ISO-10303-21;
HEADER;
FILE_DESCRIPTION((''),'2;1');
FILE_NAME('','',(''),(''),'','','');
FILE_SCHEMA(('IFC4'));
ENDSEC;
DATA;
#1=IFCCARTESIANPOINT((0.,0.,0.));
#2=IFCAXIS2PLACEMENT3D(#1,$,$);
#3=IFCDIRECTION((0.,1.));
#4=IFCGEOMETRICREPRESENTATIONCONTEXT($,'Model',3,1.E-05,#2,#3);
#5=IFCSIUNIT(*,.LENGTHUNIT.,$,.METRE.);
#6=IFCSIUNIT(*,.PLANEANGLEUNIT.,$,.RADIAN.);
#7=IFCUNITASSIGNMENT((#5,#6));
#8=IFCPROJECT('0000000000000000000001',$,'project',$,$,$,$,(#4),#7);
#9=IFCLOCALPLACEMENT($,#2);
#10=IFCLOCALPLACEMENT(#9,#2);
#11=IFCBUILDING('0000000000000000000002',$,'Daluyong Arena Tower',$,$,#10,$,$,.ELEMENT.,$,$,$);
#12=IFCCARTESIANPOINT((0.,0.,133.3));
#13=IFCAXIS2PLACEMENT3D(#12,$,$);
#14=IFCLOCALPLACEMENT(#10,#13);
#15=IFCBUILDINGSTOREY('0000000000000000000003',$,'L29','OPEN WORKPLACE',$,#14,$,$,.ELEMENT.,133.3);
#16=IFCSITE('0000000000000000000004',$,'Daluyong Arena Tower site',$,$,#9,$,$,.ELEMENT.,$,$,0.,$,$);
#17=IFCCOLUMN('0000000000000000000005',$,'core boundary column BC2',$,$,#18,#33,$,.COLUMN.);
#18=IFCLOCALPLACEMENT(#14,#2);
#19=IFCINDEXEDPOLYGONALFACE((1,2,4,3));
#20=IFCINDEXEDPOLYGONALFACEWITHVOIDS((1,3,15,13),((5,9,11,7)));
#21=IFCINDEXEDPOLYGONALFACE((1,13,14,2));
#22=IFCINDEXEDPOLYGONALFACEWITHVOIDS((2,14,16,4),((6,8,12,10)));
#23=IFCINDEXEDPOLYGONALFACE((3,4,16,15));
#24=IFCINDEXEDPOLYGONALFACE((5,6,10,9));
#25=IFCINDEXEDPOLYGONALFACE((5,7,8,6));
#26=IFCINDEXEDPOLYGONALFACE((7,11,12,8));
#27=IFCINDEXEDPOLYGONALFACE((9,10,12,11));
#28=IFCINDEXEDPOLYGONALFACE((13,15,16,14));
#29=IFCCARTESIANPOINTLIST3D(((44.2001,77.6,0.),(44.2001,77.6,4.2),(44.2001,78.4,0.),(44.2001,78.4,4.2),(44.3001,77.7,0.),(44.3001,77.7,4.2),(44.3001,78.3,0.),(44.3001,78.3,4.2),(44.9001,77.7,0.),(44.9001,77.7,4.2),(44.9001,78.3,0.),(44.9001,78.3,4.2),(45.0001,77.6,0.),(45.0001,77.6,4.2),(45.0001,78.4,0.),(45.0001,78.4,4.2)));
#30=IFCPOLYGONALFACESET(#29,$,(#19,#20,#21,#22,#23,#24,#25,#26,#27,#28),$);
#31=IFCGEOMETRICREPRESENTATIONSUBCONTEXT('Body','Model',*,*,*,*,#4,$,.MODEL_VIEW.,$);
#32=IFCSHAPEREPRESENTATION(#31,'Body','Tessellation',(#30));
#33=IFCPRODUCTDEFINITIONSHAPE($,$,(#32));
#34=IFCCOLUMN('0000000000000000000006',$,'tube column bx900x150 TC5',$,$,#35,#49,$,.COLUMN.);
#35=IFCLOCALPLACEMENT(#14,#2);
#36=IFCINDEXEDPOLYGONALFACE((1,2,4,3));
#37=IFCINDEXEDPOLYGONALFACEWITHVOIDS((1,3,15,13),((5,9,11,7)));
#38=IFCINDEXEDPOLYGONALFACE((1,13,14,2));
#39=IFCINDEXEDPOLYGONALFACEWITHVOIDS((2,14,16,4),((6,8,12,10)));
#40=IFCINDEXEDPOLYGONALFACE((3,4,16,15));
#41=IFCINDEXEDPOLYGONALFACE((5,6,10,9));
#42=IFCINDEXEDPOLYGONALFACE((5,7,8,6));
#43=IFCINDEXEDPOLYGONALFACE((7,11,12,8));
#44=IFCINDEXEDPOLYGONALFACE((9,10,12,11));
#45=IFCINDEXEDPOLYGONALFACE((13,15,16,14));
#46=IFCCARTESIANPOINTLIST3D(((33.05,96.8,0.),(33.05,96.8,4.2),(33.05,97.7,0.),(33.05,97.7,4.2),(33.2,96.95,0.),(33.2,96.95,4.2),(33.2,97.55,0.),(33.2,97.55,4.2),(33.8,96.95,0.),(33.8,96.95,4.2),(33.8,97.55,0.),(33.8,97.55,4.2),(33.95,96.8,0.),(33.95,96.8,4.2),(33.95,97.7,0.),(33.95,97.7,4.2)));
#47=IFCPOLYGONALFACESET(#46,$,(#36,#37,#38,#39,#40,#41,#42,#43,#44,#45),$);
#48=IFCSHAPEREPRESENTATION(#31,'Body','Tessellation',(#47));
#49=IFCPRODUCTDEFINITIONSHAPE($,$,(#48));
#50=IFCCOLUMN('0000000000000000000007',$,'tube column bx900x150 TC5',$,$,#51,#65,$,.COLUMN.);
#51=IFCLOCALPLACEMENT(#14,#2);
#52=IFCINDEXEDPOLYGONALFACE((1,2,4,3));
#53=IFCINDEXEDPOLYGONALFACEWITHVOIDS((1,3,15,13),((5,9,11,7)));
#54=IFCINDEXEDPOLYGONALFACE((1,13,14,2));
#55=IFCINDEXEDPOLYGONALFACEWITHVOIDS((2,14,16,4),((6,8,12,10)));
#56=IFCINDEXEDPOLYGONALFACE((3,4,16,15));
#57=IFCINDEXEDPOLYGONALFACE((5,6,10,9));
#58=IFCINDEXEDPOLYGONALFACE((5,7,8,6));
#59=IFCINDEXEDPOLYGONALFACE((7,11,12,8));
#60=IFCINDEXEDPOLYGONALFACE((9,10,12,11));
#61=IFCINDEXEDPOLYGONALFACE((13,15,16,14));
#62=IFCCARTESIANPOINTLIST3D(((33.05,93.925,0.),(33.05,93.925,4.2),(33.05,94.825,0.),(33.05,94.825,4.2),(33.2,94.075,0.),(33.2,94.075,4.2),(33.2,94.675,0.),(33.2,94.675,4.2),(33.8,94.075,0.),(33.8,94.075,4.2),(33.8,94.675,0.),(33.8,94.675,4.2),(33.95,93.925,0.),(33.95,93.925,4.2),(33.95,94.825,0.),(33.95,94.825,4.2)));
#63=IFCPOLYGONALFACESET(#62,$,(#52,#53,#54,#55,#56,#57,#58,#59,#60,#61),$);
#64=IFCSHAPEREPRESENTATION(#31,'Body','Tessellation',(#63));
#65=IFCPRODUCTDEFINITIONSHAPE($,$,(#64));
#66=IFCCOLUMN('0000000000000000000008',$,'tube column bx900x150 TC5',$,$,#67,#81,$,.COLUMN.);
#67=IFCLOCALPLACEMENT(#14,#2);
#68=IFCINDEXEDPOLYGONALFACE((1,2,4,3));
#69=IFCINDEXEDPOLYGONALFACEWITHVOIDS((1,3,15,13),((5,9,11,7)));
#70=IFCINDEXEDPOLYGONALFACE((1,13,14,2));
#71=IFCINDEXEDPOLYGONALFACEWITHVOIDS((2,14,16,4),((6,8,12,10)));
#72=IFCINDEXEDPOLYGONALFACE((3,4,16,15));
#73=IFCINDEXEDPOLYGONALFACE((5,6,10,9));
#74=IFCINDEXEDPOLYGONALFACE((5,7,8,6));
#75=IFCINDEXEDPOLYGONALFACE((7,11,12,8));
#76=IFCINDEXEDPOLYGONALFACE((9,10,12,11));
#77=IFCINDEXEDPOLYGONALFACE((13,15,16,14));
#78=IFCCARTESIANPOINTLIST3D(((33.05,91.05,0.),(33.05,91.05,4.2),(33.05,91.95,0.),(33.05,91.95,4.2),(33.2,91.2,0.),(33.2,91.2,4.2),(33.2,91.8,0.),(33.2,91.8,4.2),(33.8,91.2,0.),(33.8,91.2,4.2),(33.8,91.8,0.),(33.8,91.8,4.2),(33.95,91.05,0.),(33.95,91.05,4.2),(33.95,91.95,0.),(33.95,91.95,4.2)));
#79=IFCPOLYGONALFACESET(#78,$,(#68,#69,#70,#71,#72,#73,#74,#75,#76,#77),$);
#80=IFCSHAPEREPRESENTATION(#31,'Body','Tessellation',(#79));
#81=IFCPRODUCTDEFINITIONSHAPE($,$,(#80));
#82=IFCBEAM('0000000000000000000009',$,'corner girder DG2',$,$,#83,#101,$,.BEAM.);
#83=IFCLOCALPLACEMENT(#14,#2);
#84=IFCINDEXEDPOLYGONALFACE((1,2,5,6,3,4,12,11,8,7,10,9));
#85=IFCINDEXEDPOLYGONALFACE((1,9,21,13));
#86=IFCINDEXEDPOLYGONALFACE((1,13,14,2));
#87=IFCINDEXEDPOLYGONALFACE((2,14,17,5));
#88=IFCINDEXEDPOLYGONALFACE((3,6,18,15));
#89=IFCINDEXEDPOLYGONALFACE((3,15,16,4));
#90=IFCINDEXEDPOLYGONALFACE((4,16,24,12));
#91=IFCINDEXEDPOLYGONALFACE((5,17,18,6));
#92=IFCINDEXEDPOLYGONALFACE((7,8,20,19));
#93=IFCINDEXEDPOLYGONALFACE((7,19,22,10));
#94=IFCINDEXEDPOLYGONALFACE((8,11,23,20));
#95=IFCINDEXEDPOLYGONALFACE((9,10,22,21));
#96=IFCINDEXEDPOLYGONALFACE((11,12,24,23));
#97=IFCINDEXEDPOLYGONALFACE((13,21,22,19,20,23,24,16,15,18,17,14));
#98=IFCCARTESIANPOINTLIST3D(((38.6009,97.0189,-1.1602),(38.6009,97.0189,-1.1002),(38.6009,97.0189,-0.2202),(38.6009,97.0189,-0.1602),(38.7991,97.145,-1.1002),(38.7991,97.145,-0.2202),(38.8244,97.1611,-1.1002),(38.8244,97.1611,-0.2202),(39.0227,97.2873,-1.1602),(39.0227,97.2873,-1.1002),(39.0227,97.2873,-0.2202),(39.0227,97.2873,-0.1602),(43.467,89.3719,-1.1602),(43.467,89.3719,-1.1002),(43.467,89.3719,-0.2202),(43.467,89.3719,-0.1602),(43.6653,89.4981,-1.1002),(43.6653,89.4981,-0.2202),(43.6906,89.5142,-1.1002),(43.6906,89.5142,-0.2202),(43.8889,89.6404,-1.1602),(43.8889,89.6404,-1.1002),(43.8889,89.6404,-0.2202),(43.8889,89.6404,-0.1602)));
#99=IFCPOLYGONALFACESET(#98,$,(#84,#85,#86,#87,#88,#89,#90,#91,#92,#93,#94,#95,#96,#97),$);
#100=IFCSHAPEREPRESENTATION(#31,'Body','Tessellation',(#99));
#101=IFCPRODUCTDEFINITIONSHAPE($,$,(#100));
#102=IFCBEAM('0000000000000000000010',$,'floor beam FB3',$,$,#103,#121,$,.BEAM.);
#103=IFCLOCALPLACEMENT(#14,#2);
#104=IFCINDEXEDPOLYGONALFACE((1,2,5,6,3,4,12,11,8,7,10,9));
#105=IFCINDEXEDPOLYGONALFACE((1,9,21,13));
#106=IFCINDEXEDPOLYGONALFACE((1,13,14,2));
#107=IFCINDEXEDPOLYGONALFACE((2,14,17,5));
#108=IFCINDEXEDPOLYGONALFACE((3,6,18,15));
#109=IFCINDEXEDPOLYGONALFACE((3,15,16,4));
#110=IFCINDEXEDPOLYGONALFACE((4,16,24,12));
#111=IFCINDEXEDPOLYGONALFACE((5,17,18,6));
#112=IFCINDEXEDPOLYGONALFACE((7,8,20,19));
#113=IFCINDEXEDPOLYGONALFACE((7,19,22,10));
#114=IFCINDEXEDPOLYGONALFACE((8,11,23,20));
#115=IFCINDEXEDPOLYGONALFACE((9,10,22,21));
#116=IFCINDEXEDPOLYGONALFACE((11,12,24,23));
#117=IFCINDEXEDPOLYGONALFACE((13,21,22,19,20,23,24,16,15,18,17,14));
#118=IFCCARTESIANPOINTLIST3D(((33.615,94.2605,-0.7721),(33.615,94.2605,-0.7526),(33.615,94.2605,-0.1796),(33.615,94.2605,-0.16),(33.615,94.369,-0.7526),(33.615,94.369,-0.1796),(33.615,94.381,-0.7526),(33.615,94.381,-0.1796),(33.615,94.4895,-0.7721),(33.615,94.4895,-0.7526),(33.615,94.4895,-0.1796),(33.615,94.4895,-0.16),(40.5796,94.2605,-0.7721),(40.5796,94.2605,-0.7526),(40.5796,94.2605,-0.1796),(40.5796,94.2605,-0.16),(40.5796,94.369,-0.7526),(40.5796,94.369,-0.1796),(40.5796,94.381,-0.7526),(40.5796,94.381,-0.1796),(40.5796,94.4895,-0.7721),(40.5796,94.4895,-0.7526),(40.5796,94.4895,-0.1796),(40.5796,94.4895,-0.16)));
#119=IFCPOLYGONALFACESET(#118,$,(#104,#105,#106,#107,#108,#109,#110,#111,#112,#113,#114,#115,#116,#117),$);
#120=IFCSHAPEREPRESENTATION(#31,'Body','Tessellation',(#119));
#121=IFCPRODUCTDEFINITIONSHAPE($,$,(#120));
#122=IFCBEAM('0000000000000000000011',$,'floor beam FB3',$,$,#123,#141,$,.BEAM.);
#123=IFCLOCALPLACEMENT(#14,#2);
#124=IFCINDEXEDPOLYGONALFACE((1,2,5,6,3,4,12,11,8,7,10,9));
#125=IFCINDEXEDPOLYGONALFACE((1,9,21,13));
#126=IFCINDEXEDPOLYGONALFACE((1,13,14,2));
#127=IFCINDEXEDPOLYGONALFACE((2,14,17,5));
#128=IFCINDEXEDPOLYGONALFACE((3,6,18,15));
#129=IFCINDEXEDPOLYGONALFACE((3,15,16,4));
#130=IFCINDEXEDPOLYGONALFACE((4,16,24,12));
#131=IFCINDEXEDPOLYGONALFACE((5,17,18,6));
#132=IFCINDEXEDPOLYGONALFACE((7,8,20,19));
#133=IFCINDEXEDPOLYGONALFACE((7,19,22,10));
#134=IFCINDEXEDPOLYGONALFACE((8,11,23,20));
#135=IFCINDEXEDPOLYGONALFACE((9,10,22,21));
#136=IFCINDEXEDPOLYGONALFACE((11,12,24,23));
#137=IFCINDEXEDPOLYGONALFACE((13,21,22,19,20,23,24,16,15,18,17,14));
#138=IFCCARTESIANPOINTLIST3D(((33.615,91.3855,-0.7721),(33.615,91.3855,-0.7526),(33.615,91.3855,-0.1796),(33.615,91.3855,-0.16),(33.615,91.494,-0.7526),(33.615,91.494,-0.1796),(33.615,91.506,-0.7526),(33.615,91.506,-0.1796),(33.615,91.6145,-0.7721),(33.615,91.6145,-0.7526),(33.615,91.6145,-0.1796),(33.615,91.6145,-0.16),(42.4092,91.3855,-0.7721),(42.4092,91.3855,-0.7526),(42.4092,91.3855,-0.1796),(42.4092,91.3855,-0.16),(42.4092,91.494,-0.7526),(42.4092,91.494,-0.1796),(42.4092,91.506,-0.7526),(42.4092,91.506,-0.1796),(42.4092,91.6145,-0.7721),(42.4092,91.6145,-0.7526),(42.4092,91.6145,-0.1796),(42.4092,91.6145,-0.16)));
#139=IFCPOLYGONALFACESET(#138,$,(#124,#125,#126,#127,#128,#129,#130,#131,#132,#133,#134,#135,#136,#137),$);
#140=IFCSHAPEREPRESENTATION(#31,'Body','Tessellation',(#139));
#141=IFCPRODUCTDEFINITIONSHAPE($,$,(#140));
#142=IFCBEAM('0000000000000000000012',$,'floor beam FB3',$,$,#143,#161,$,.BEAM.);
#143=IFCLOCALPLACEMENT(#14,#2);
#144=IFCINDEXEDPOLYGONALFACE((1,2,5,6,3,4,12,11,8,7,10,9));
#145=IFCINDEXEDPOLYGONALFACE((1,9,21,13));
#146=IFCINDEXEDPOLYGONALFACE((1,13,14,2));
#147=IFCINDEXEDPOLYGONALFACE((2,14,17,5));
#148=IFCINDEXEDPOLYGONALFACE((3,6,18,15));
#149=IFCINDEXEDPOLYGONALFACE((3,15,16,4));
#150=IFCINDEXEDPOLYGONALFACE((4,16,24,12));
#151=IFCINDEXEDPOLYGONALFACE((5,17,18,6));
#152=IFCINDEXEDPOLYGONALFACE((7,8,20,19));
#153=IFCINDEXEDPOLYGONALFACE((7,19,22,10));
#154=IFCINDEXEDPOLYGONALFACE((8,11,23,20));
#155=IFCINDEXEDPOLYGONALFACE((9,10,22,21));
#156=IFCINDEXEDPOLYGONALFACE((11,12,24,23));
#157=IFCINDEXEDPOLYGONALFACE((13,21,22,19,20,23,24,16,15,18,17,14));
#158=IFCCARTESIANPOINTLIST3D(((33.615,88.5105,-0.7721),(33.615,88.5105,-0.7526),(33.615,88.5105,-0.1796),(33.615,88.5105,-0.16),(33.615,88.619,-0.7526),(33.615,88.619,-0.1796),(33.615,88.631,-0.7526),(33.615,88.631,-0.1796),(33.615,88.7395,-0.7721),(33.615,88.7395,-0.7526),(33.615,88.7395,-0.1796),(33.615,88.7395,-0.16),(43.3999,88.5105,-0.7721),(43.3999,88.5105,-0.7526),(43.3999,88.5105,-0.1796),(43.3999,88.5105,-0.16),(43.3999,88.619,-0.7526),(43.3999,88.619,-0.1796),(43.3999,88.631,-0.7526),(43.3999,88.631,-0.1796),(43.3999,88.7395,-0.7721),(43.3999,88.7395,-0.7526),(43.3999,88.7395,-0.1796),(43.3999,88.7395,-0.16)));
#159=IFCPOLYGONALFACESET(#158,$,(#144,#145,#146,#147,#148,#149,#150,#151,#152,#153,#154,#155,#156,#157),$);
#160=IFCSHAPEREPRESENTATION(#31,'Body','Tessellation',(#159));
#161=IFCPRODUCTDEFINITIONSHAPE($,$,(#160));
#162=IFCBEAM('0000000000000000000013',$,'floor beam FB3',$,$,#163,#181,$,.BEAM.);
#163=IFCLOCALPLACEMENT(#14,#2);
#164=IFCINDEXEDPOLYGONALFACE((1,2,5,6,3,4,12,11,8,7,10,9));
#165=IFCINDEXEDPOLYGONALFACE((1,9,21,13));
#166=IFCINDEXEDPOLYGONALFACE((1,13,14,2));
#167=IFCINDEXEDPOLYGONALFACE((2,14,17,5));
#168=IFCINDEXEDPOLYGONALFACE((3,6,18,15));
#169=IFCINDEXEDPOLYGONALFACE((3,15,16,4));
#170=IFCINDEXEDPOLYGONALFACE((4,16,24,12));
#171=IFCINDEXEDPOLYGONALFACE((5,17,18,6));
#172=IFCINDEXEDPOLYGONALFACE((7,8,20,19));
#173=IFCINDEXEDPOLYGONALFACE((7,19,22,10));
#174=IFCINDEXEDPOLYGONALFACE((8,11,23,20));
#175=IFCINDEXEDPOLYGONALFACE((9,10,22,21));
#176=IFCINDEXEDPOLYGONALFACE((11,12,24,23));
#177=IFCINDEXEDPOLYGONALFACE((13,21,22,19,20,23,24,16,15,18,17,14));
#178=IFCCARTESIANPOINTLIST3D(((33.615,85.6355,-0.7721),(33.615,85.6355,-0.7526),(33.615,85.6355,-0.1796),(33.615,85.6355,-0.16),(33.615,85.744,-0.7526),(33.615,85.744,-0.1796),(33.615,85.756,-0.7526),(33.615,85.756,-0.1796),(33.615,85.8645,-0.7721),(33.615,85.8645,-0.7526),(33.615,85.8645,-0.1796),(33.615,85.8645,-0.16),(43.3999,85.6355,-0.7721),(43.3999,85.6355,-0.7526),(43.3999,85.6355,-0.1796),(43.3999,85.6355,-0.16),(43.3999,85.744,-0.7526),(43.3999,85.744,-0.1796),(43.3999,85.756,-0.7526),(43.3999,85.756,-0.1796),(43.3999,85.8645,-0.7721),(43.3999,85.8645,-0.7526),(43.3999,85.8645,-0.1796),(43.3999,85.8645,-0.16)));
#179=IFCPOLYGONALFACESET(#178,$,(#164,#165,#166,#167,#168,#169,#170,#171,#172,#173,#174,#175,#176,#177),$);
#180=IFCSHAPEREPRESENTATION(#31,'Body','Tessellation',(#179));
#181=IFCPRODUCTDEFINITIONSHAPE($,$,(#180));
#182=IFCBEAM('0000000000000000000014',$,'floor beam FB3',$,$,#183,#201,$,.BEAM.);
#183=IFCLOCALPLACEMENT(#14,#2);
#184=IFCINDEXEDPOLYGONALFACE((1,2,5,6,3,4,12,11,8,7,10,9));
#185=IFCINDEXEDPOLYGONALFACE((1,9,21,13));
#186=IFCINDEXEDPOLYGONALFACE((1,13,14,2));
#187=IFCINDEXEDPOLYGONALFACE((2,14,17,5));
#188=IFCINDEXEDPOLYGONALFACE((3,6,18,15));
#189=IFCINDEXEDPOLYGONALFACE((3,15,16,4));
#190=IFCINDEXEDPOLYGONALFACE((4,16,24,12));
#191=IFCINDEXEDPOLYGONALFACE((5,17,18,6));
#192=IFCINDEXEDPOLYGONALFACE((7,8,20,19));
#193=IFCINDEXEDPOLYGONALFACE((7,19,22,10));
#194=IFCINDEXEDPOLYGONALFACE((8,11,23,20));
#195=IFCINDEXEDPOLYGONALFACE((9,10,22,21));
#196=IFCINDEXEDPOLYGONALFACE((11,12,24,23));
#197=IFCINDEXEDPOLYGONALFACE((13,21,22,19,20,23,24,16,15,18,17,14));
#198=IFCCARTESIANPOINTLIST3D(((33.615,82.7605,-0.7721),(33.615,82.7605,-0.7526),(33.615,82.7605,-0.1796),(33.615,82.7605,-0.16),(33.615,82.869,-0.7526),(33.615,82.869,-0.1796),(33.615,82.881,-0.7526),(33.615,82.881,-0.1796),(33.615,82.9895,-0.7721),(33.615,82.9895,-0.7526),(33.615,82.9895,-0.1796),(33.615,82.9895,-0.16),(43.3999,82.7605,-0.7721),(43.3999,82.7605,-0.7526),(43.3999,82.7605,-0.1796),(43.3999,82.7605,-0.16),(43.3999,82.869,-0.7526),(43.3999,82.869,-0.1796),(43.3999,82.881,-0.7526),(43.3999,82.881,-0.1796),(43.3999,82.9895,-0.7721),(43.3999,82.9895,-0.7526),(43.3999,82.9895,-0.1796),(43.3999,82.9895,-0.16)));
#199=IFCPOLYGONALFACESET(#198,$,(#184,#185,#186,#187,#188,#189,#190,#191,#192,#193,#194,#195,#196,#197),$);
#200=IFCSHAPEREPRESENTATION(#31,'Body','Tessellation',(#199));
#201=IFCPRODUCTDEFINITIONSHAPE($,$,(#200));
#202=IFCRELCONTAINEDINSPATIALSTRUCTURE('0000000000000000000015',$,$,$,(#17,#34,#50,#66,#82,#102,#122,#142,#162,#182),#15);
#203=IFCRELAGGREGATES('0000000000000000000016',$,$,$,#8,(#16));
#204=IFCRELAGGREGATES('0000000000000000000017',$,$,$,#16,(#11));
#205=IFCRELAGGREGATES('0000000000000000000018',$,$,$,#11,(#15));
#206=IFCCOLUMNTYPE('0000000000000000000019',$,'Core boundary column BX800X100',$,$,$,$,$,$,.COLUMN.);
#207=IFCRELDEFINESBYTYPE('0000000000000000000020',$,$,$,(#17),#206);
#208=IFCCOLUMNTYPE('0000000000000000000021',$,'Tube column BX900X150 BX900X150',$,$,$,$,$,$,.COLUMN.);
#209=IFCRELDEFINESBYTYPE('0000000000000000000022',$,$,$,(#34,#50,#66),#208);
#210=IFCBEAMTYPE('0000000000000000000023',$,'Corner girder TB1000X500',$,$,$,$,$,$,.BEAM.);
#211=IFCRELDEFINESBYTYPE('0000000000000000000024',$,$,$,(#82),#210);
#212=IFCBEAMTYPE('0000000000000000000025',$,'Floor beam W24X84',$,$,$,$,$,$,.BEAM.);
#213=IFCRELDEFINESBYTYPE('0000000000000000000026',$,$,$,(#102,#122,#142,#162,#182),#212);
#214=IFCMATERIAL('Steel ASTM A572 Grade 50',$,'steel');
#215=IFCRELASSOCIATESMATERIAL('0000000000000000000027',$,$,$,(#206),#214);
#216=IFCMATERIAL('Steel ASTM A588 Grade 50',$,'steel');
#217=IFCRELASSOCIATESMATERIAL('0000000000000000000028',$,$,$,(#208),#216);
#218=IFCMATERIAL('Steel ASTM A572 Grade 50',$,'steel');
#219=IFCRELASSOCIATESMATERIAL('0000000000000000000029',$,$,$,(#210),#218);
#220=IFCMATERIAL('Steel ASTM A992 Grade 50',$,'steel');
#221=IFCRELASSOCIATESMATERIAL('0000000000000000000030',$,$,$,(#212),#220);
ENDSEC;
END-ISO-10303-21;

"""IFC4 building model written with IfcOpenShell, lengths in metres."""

from ifc_helpers import new_model, si_unit, direction, frame, origin, origin_2d, place, context, subcontext, project, spatial, hollow_rectangle, i_section, extrude, material, material_profile, profile_set, type_object, element, save


model = new_model("IFC4")

# Units and contexts
model_context = context("Model", 3, precision=1e-05, world=origin(), true_north=direction((0.0, 1.0)))
body_context = subcontext(model_context, "Body", "Model", "MODEL_VIEW")
ifc_project = project(units=[si_unit("LENGTHUNIT", "METRE"), si_unit("PLANEANGLEUNIT", "RADIAN")], contexts=[model_context])

# Site, building, storey
site_placement = place(None, origin())
site = spatial("IfcSite", under=ifc_project, at=site_placement, Name="Daluyong Arena Tower site", CompositionType="ELEMENT", RefElevation=0.0)
building_placement = place(site_placement, origin())
building = spatial("IfcBuilding", under=site, at=building_placement, Name="Daluyong Arena Tower", CompositionType="ELEMENT")
storey_placement = place(building_placement, frame((0.0, 0.0, 133.3)))
storey = spatial("IfcBuildingStorey", under=building, at=storey_placement, Name="L29", Description="OPEN WORKPLACE", CompositionType="ELEMENT", Elevation=133.3)

# Columns
ifc_material_1 = material(Name="Steel ASTM A572 Grade 50", Category="steel")
ifc_material_profile_1 = material_profile(ifc_material_1, hollow_rectangle(XDim=0.8, YDim=0.8, WallThickness=0.1, at=origin_2d()))
ifc_profile_set_1 = profile_set([ifc_material_profile_1], Name="Steel ASTM A572 Grade 50")
column_type_1 = type_object("IfcColumnType", Name="Core boundary column BX800X100", PredefinedType="COLUMN", material=ifc_profile_set_1)
column_placement = place(storey_placement, frame((44.6001, 78.0, 0.0), z_axis=(0.0, 0.0, 1.0), x_axis=(1.0, 0.0, 0.0)))
element("IfcColumn", 1, at=column_placement, inside=storey, type_object=column_type_1, Name="core boundary column BC2", PredefinedType="COLUMN", context=body_context, shape_type="SweptSolid", body=[
    extrude(hollow_rectangle(XDim=0.8, YDim=0.8, WallThickness=0.1, at=origin_2d()), origin(), (0.0, 0.0, 1.0), 4.2),
])
ifc_material_2 = material(Name="Steel ASTM A588 Grade 50", Category="steel")
ifc_material_profile_2 = material_profile(ifc_material_2, hollow_rectangle(XDim=0.8999, YDim=0.8999, WallThickness=0.15, at=origin_2d()))
ifc_profile_set_2 = profile_set([ifc_material_profile_2], Name="Steel ASTM A588 Grade 50")
column_type_2 = type_object("IfcColumnType", Name="Tube column BX900X150 BX900X150", PredefinedType="COLUMN", material=ifc_profile_set_2)
for number, where, z_axis, x_axis, name in (
    (2, (33.5, 97.25, 0.0), (0.0, 0.0, 1.0), (0.0, 1.0, 0.0), "tube column bx900x150 TC5"),
    (3, (33.5, 94.375, 0.0), (0.0, 0.0, 1.0), (0.0, 1.0, 0.0), "tube column bx900x150 TC5"),
    (4, (33.5, 91.5, 0.0), (0.0, 0.0, 1.0), (0.0, 1.0, 0.0), "tube column bx900x150 TC5"),
):
    element("IfcColumn", number, at=place(storey_placement, frame(where, z_axis=z_axis, x_axis=x_axis)), inside=storey, type_object=column_type_2, Name=name, PredefinedType="COLUMN", context=body_context, shape_type="SweptSolid", body=[
        extrude(hollow_rectangle(XDim=0.8999, YDim=0.8999, WallThickness=0.15, at=origin_2d()), origin(), (0.0, 0.0, 1.0), 4.2),
    ])

# Beams
ifc_material_3 = material(Name="Steel ASTM A572 Grade 50", Category="steel")
ifc_material_profile_3 = material_profile(ifc_material_3, i_section(OverallWidth=0.5, OverallDepth=1.0, WebThickness=0.03, FlangeThickness=0.06, at=origin_2d()))
ifc_profile_set_3 = profile_set([ifc_material_profile_3], Name="Steel ASTM A572 Grade 50")
beam_type_1 = type_object("IfcBeamType", Name="Corner girder TB1000X500", PredefinedType="BEAM", material=ifc_profile_set_3)
beam_1_placement = place(storey_placement, frame((38.8118, 97.1531, -0.6602), z_axis=(0.536872, -0.843664, 0.0), x_axis=(0.843664, 0.536872, 0.0)))
element("IfcBeam", 5, at=beam_1_placement, inside=storey, type_object=beam_type_1, Name="corner girder DG2", PredefinedType="BEAM", context=body_context, shape_type="SweptSolid", body=[
    extrude(i_section(OverallWidth=0.5, OverallDepth=1.0, WebThickness=0.03, FlangeThickness=0.06, at=origin_2d()), origin(), (0.0, 0.0, 1.0), 9.064),
])
ifc_material_4 = material(Name="Steel ASTM A992 Grade 50", Category="steel")
ifc_material_profile_4 = material_profile(ifc_material_4, i_section(OverallWidth=0.229, OverallDepth=0.6121, WebThickness=0.012, FlangeThickness=0.0195, at=origin_2d()))
ifc_profile_set_4 = profile_set([ifc_material_profile_4], Name="Steel ASTM A992 Grade 50")
beam_type_2 = type_object("IfcBeamType", Name="Floor beam W24X84", PredefinedType="BEAM", material=ifc_profile_set_4)
beam_2_placement = place(storey_placement, frame((33.615, 94.375, -0.4661), z_axis=(1.0, 0.0, 0.0), x_axis=(0.0, 1.0, 0.0)))
element("IfcBeam", 6, at=beam_2_placement, inside=storey, type_object=beam_type_2, Name="floor beam FB3", PredefinedType="BEAM", context=body_context, shape_type="SweptSolid", body=[
    extrude(i_section(OverallWidth=0.229, OverallDepth=0.6121, WebThickness=0.012, FlangeThickness=0.0195, at=origin_2d()), origin(), (0.0, 0.0, 1.0), 6.9646),
])
beam_3_placement = place(storey_placement, frame((33.615, 91.5, -0.4661), z_axis=(1.0, 0.0, 0.0), x_axis=(0.0, 1.0, 0.0)))
element("IfcBeam", 7, at=beam_3_placement, inside=storey, type_object=beam_type_2, Name="floor beam FB3", PredefinedType="BEAM", context=body_context, shape_type="SweptSolid", body=[
    extrude(i_section(OverallWidth=0.229, OverallDepth=0.6121, WebThickness=0.012, FlangeThickness=0.0195, at=origin_2d()), origin(), (0.0, 0.0, 1.0), 8.7942),
])
for number, where, z_axis, x_axis, name in (
    (8, (33.615, 88.625, -0.4661), (1.0, 0.0, 0.0), (0.0, 1.0, 0.0), "floor beam FB3"),
    (9, (33.615, 85.75, -0.4661), (1.0, 0.0, 0.0), (0.0, 1.0, 0.0), "floor beam FB3"),
    (10, (33.615, 82.875, -0.4661), (1.0, 0.0, 0.0), (0.0, 1.0, 0.0), "floor beam FB3"),
):
    element("IfcBeam", number, at=place(storey_placement, frame(where, z_axis=z_axis, x_axis=x_axis)), inside=storey, type_object=beam_type_2, Name=name, PredefinedType="BEAM", context=body_context, shape_type="SweptSolid", body=[
        extrude(i_section(OverallWidth=0.229, OverallDepth=0.6121, WebThickness=0.012, FlangeThickness=0.0195, at=origin_2d()), origin(), (0.0, 0.0, 1.0), 9.7849),
    ])

save(model, "model.ifc")
